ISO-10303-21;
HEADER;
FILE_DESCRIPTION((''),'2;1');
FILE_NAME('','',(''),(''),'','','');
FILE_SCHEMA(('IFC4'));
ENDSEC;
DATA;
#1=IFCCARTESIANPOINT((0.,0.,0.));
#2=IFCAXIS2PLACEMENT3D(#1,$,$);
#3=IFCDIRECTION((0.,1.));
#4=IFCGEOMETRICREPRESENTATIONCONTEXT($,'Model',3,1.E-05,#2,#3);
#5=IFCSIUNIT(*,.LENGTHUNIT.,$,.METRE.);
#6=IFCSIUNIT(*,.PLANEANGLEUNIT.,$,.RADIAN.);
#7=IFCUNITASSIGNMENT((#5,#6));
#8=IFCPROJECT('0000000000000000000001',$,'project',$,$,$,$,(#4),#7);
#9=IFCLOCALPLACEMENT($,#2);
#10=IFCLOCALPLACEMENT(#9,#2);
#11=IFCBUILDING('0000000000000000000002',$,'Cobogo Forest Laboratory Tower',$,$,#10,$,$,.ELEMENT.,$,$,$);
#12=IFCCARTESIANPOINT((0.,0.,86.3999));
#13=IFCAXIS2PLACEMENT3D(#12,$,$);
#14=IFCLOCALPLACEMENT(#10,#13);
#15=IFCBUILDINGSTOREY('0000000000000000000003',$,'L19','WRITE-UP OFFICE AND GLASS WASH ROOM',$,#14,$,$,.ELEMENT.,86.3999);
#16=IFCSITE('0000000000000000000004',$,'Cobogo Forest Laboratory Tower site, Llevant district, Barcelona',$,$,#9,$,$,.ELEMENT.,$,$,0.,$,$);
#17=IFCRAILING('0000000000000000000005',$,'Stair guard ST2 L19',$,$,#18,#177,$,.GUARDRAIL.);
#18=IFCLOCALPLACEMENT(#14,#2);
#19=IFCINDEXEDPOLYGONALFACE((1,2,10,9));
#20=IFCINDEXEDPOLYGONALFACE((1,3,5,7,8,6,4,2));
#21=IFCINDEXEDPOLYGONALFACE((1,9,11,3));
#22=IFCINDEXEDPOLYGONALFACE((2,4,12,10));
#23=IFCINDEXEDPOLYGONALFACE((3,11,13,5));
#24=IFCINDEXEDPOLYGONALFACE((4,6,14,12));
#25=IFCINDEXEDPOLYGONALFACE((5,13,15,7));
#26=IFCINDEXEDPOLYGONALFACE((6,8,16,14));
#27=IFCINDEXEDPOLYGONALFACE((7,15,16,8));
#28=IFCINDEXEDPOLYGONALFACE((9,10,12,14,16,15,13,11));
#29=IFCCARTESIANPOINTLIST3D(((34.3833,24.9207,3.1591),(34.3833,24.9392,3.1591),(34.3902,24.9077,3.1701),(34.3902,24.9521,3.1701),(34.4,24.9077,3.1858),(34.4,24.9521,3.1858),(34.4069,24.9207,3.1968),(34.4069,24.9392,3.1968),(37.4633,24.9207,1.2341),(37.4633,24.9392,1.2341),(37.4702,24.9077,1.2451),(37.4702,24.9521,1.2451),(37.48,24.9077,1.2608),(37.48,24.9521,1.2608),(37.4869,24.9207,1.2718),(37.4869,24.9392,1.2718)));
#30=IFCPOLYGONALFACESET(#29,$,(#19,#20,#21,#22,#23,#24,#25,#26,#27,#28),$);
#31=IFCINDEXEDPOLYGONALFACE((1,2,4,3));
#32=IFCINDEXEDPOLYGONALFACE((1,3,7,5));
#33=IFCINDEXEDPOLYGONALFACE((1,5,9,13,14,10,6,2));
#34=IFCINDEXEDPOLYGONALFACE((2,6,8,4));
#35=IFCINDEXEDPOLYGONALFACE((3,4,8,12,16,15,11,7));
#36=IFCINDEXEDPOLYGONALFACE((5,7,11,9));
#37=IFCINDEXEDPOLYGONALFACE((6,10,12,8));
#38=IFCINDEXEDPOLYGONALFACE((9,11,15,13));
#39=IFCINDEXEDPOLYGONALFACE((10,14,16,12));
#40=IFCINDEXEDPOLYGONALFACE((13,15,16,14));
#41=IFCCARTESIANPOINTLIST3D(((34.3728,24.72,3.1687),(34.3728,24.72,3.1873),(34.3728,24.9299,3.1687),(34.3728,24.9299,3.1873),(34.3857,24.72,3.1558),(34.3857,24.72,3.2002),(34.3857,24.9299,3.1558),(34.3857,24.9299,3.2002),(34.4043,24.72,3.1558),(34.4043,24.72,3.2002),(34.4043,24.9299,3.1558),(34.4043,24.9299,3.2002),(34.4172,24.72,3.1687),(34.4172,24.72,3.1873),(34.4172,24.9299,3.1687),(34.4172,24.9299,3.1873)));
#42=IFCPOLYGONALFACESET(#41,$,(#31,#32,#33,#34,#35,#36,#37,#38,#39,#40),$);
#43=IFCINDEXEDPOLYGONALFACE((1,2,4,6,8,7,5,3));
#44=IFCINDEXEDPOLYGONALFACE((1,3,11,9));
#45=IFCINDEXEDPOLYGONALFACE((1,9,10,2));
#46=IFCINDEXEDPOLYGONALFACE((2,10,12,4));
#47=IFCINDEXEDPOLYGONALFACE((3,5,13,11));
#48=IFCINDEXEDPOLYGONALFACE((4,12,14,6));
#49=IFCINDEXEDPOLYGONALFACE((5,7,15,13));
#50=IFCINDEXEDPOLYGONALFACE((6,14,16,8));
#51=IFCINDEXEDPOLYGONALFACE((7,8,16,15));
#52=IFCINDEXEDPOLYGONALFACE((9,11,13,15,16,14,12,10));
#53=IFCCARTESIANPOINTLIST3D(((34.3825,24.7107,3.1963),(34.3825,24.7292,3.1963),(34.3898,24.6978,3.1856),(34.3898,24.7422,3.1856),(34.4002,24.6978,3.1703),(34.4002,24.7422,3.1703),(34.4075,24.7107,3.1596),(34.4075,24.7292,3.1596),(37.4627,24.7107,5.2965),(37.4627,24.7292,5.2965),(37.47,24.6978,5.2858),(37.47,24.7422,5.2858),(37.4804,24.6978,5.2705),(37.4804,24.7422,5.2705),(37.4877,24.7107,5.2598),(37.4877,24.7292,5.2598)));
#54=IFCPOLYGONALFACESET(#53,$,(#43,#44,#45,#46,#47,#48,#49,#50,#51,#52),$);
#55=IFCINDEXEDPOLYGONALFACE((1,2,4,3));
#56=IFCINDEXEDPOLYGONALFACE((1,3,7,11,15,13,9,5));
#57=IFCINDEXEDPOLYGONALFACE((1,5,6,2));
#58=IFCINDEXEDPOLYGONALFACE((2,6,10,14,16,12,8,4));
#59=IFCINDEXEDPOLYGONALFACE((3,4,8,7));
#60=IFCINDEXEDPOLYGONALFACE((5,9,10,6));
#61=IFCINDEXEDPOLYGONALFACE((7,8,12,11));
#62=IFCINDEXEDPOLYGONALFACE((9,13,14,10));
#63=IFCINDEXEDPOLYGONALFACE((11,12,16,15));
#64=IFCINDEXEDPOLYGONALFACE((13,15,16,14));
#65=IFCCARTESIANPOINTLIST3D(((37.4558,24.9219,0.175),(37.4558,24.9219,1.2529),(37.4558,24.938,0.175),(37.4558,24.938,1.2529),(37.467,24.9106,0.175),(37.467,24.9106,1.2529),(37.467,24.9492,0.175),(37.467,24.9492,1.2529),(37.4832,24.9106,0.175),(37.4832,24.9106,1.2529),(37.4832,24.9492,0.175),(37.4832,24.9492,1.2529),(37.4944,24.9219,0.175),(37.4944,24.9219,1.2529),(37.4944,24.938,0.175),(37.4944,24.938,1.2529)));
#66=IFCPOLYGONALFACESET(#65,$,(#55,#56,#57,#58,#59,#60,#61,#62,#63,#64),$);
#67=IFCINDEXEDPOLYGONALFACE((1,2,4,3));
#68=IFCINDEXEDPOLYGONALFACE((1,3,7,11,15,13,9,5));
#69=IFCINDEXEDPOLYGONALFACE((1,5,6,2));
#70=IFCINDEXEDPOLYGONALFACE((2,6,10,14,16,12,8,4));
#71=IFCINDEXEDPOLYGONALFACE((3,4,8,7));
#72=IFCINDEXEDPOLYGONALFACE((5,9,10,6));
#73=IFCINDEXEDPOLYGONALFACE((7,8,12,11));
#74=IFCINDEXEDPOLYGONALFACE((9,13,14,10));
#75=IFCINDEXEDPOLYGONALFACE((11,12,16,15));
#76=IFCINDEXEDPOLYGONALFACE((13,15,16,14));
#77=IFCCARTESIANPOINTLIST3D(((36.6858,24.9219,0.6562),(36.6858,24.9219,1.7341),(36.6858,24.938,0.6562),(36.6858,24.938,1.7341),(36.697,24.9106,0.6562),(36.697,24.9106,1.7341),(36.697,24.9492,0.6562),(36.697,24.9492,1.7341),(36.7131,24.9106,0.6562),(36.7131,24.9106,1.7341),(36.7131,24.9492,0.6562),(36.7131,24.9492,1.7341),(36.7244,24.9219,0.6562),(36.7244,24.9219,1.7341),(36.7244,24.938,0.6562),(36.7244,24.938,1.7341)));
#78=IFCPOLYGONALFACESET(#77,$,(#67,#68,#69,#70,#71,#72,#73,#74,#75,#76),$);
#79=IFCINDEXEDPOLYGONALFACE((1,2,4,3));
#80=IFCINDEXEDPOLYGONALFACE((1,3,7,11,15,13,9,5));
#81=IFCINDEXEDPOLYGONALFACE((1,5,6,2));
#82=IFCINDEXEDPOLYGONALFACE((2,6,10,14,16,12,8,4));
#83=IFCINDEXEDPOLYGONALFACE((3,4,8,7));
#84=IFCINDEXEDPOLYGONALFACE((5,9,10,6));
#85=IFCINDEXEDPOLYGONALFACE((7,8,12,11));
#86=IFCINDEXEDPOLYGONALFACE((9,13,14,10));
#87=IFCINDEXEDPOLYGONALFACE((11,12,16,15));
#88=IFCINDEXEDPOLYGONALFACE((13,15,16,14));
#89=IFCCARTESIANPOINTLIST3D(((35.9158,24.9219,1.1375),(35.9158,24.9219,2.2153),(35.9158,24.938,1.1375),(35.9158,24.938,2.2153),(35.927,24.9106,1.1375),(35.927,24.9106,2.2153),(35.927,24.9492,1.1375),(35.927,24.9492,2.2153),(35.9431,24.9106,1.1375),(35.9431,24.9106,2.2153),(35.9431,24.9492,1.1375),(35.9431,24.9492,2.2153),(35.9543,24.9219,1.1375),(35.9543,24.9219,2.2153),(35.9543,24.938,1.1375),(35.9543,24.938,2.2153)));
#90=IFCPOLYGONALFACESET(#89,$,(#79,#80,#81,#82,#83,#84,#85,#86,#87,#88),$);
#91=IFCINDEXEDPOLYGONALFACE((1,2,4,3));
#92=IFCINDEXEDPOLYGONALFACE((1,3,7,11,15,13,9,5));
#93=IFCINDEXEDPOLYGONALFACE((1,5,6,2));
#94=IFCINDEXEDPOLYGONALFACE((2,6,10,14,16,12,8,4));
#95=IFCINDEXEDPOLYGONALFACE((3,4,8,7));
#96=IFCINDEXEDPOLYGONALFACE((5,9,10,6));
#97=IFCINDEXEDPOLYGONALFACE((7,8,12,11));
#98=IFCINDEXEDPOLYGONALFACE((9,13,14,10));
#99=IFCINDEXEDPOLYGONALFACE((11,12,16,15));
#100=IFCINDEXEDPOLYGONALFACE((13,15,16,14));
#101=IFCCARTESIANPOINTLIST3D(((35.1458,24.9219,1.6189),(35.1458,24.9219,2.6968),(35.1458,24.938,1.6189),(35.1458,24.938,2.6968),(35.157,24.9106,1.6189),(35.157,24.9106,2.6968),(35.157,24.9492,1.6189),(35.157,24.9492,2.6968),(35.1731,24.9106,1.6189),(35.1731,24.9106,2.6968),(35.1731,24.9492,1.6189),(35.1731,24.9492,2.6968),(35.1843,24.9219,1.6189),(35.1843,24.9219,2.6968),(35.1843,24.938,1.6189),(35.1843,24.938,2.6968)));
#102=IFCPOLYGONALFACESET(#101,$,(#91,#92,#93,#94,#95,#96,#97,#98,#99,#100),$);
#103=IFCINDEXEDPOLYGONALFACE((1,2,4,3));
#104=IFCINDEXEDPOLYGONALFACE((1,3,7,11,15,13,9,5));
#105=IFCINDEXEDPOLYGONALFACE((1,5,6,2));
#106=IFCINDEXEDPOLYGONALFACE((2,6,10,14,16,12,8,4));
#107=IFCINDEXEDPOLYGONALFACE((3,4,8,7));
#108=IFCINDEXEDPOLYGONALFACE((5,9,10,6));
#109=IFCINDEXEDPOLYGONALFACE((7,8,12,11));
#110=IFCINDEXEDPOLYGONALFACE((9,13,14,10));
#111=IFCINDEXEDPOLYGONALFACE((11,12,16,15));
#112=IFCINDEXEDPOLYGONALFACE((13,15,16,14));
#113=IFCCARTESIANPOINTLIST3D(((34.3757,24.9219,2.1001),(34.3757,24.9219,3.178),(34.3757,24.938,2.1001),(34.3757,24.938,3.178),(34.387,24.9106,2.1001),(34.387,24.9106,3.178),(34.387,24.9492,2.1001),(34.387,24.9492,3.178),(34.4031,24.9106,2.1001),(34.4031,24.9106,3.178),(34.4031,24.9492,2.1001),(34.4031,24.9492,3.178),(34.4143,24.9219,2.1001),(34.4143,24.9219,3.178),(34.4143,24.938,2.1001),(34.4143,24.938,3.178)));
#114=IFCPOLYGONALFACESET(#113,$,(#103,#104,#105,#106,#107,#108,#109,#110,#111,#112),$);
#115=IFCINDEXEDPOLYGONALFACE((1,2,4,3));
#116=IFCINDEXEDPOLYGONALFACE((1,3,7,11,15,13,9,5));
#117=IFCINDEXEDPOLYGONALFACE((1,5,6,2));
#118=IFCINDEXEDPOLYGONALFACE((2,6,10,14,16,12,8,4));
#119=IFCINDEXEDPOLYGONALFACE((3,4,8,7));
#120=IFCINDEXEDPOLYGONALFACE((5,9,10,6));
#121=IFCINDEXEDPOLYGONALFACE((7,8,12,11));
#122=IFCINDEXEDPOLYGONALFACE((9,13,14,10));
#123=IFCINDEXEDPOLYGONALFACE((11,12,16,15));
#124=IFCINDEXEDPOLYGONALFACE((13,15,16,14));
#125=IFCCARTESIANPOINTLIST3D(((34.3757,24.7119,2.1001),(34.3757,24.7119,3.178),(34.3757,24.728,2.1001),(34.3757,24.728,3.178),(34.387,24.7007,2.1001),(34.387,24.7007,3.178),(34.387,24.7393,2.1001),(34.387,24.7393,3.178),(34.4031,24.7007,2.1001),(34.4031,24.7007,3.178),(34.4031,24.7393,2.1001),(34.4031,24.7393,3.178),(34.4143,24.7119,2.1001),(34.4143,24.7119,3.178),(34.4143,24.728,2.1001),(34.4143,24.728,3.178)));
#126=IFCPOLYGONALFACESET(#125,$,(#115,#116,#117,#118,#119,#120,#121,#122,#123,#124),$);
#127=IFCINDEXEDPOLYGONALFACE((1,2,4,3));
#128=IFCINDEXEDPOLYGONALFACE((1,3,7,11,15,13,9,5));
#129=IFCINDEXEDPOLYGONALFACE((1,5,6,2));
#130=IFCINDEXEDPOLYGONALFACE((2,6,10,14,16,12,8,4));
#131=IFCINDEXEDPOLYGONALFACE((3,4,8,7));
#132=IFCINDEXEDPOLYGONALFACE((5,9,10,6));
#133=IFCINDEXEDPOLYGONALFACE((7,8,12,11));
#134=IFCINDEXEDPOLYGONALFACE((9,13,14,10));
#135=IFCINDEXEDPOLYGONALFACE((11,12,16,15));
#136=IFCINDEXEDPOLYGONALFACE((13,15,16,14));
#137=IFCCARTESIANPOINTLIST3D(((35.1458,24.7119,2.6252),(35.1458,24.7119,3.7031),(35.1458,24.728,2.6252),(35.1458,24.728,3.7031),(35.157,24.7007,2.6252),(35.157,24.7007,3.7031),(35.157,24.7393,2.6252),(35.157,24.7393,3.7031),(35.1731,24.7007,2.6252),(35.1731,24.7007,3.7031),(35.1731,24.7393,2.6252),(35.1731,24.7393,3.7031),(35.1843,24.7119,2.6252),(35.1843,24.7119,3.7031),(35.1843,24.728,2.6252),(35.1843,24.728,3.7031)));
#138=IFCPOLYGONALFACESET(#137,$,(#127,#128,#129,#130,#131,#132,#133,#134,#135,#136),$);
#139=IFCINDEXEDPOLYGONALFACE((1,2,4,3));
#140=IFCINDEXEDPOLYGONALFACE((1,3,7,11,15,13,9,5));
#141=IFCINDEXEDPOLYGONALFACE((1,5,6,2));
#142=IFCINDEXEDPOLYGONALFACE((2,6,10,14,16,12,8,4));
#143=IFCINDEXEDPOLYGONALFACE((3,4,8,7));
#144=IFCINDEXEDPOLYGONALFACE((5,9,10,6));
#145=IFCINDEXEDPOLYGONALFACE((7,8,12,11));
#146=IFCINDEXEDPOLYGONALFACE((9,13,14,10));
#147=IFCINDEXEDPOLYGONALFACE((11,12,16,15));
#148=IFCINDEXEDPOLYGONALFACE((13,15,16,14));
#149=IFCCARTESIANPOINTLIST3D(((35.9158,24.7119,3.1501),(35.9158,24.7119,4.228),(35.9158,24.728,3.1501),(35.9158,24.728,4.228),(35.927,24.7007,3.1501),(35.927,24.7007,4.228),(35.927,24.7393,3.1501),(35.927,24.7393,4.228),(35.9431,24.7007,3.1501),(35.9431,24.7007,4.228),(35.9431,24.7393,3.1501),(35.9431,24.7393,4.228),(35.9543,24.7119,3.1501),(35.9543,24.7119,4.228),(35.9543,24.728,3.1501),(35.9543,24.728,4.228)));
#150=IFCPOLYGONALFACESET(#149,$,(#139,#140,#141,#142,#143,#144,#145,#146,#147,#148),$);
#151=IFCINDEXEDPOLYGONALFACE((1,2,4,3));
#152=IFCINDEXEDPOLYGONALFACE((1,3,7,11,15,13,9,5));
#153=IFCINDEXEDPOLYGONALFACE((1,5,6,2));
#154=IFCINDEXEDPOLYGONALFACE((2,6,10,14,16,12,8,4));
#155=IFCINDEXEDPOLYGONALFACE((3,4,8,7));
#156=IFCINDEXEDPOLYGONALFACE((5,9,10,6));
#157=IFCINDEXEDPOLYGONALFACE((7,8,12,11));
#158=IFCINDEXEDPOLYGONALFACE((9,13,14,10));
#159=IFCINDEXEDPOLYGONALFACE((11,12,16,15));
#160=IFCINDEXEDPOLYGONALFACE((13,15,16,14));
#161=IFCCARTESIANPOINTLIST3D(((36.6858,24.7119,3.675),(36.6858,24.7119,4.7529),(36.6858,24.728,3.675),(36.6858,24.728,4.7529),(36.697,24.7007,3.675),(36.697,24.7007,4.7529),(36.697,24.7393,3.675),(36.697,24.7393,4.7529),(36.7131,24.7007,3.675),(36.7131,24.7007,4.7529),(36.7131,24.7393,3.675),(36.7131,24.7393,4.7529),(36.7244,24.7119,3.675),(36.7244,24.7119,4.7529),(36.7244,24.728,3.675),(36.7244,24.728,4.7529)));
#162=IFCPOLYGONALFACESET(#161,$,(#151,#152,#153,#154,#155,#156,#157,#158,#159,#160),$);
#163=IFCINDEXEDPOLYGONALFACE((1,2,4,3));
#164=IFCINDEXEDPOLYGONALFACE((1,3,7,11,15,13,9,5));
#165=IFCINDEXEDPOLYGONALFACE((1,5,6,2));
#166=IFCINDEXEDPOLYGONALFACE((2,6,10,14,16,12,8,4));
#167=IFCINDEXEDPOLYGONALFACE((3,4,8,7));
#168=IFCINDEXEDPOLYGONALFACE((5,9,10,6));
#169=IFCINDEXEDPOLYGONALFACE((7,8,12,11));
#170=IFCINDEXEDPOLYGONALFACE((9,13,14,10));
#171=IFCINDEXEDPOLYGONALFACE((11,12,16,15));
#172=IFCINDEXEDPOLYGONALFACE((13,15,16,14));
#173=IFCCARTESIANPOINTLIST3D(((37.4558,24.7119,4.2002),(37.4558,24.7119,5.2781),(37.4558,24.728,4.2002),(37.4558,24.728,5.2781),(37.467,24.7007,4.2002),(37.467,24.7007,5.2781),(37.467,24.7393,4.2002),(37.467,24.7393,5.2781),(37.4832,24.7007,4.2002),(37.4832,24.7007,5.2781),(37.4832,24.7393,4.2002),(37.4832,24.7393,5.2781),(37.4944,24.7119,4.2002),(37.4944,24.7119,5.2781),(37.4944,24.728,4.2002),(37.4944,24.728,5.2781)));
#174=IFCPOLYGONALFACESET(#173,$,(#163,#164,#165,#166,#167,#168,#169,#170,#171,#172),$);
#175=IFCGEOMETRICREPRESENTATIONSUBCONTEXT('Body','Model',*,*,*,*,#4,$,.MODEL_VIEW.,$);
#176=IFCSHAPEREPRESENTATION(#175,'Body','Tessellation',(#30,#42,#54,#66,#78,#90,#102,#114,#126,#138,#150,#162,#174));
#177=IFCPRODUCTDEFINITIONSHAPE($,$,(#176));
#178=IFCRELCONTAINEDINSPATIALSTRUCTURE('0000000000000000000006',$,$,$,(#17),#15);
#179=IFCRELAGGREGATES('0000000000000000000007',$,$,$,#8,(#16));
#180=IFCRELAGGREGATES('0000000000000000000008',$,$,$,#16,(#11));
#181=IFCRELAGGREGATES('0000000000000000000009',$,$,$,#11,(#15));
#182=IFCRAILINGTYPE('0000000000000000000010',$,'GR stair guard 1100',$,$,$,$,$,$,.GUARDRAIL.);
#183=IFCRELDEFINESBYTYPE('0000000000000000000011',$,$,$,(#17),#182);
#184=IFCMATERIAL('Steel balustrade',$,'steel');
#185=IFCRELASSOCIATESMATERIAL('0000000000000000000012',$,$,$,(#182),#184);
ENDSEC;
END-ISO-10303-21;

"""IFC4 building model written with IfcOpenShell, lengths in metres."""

from ifc_helpers import new_model, si_unit, direction, frame, origin, place, context, subcontext, project, spatial, polyline, outline, extrude, material, type_object, element, save


model = new_model("IFC4")

# Units and contexts
model_context = context("Model", 3, precision=1e-05, world=origin(), true_north=direction((0.0, 1.0)))
body_context = subcontext(model_context, "Body", "Model", "MODEL_VIEW")
ifc_project = project(units=[si_unit("LENGTHUNIT", "METRE"), si_unit("PLANEANGLEUNIT", "RADIAN")], contexts=[model_context])

# Site, building, storey
site_placement = place(None, origin())
site = spatial("IfcSite", under=ifc_project, at=site_placement, Name="Cobogo Forest Laboratory Tower site, Llevant district, Barcelona", CompositionType="ELEMENT", RefElevation=0.0)
building_placement = place(site_placement, origin())
building = spatial("IfcBuilding", under=site, at=building_placement, Name="Cobogo Forest Laboratory Tower", CompositionType="ELEMENT")
storey_placement = place(building_placement, frame((0.0, 0.0, 86.3999)))
storey = spatial("IfcBuildingStorey", under=building, at=storey_placement, Name="L19", Description="WRITE-UP OFFICE AND GLASS WASH ROOM", CompositionType="ELEMENT", Elevation=86.3999)

# Railing
ifc_material_1 = material(Name="Steel balustrade", Category="steel")
railing_type_1 = type_object("IfcRailingType", Name="GR stair guard 1100", PredefinedType="GUARDRAIL", material=ifc_material_1)
railing_1_placement = place(storey_placement, frame((37.4751, 24.9299, 0.175)))
element("IfcRailing", 1, at=railing_1_placement, inside=storey, type_object=railing_type_1, Name="Stair guard ST2 L19", PredefinedType="GUARDRAIL", context=body_context, shape_type="SweptSolid", body=[
    extrude(outline(polyline([(0.0222, 0.0093), (0.0093, 0.0222), (-0.0093, 0.0222), (-0.0222, 0.0093), (-0.0222, -0.0093), (-0.0093, -0.0222), (0.0093, -0.0222), (0.0222, -0.0093), (0.0222, 0.0093)])), frame((0.0, 0.0, 1.0779), z_axis=(-0.847998, 0.0, 0.529999), x_axis=(0.0, -1.0, 0.0)), (0.0, 0.0, 1.0), 3.6321),
    extrude(outline(polyline([(0.0222, 0.0093), (0.0093, 0.0222), (-0.0093, 0.0222), (-0.0222, 0.0093), (-0.0222, -0.0093), (-0.0093, -0.0222), (0.0093, -0.0222), (0.0222, -0.0093), (0.0222, 0.0093)])), frame((-3.0801, 0.0, 3.0029), z_axis=(0.0, -1.0, 0.0), x_axis=(1.0, 0.0, 0.0)), (0.0, 0.0, 1.0), 0.21),
    extrude(outline(polyline([(0.0222, 0.0093), (0.0093, 0.0222), (-0.0093, 0.0222), (-0.0222, 0.0093), (-0.0222, -0.0093), (-0.0093, -0.0222), (0.0093, -0.0222), (0.0222, -0.0093), (0.0222, 0.0093)])), frame((-3.0801, -0.21, 3.0029), z_axis=(0.826222, 0.0, 0.563345), x_axis=(0.0, 1.0, 0.0)), (0.0, 0.0, 1.0), 3.728),
    extrude(outline(polyline([(0.0193, 0.0081), (0.0081, 0.0193), (-0.0081, 0.0193), (-0.0193, 0.0081), (-0.0193, -0.0081), (-0.0081, -0.0193), (0.0081, -0.0193), (0.0193, -0.0081), (0.0193, 0.0081)])), origin(), (0.0, 0.0, 1.0), 1.0779),
    extrude(outline(polyline([(0.0193, 0.0081), (0.0081, 0.0193), (-0.0081, 0.0193), (-0.0193, 0.0081), (-0.0193, -0.0081), (-0.0081, -0.0193), (0.0081, -0.0193), (0.0193, -0.0081), (0.0193, 0.0081)])), frame((-0.77, 0.0, 0.4812)), (0.0, 0.0, 1.0), 1.0779),
    extrude(outline(polyline([(0.0193, 0.0081), (0.0081, 0.0193), (-0.0081, 0.0193), (-0.0193, 0.0081), (-0.0193, -0.0081), (-0.0081, -0.0193), (0.0081, -0.0193), (0.0193, -0.0081), (0.0193, 0.0081)])), frame((-1.54, 0.0, 0.9624)), (0.0, 0.0, 1.0), 1.0779),
    extrude(outline(polyline([(0.0193, 0.0081), (0.0081, 0.0193), (-0.0081, 0.0193), (-0.0193, 0.0081), (-0.0193, -0.0081), (-0.0081, -0.0193), (0.0081, -0.0193), (0.0193, -0.0081), (0.0193, 0.0081)])), frame((-2.3101, 0.0, 1.4438)), (0.0, 0.0, 1.0), 1.0779),
    extrude(outline(polyline([(0.0193, 0.0081), (0.0081, 0.0193), (-0.0081, 0.0193), (-0.0193, 0.0081), (-0.0193, -0.0081), (-0.0081, -0.0193), (0.0081, -0.0193), (0.0193, -0.0081), (0.0193, 0.0081)])), frame((-3.0801, 0.0, 1.925)), (0.0, 0.0, 1.0), 1.0779),
    extrude(outline(polyline([(0.0193, 0.0081), (0.0081, 0.0193), (-0.0081, 0.0193), (-0.0193, 0.0081), (-0.0193, -0.0081), (-0.0081, -0.0193), (0.0081, -0.0193), (0.0193, -0.0081), (0.0193, 0.0081)])), frame((-3.0801, -0.21, 1.925)), (0.0, 0.0, 1.0), 1.0779),
    extrude(outline(polyline([(0.0193, 0.0081), (0.0081, 0.0193), (-0.0081, 0.0193), (-0.0193, 0.0081), (-0.0193, -0.0081), (-0.0081, -0.0193), (0.0081, -0.0193), (0.0193, -0.0081), (0.0193, 0.0081)])), frame((-2.3101, -0.21, 2.4502)), (0.0, 0.0, 1.0), 1.0779),
    extrude(outline(polyline([(0.0193, 0.0081), (0.0081, 0.0193), (-0.0081, 0.0193), (-0.0193, 0.0081), (-0.0193, -0.0081), (-0.0081, -0.0193), (0.0081, -0.0193), (0.0193, -0.0081), (0.0193, 0.0081)])), frame((-1.54, -0.21, 2.9751)), (0.0, 0.0, 1.0), 1.0779),
    extrude(outline(polyline([(0.0193, 0.0081), (0.0081, 0.0193), (-0.0081, 0.0193), (-0.0193, 0.0081), (-0.0193, -0.0081), (-0.0081, -0.0193), (0.0081, -0.0193), (0.0193, -0.0081), (0.0193, 0.0081)])), frame((-0.77, -0.21, 3.5)), (0.0, 0.0, 1.0), 1.0779),
    extrude(outline(polyline([(0.0193, 0.0081), (0.0081, 0.0193), (-0.0081, 0.0193), (-0.0193, 0.0081), (-0.0193, -0.0081), (-0.0081, -0.0193), (0.0081, -0.0193), (0.0193, -0.0081), (0.0193, 0.0081)])), frame((0.0, -0.21, 4.0251)), (0.0, 0.0, 1.0), 1.0779),
])

save(model, "model.ifc")
